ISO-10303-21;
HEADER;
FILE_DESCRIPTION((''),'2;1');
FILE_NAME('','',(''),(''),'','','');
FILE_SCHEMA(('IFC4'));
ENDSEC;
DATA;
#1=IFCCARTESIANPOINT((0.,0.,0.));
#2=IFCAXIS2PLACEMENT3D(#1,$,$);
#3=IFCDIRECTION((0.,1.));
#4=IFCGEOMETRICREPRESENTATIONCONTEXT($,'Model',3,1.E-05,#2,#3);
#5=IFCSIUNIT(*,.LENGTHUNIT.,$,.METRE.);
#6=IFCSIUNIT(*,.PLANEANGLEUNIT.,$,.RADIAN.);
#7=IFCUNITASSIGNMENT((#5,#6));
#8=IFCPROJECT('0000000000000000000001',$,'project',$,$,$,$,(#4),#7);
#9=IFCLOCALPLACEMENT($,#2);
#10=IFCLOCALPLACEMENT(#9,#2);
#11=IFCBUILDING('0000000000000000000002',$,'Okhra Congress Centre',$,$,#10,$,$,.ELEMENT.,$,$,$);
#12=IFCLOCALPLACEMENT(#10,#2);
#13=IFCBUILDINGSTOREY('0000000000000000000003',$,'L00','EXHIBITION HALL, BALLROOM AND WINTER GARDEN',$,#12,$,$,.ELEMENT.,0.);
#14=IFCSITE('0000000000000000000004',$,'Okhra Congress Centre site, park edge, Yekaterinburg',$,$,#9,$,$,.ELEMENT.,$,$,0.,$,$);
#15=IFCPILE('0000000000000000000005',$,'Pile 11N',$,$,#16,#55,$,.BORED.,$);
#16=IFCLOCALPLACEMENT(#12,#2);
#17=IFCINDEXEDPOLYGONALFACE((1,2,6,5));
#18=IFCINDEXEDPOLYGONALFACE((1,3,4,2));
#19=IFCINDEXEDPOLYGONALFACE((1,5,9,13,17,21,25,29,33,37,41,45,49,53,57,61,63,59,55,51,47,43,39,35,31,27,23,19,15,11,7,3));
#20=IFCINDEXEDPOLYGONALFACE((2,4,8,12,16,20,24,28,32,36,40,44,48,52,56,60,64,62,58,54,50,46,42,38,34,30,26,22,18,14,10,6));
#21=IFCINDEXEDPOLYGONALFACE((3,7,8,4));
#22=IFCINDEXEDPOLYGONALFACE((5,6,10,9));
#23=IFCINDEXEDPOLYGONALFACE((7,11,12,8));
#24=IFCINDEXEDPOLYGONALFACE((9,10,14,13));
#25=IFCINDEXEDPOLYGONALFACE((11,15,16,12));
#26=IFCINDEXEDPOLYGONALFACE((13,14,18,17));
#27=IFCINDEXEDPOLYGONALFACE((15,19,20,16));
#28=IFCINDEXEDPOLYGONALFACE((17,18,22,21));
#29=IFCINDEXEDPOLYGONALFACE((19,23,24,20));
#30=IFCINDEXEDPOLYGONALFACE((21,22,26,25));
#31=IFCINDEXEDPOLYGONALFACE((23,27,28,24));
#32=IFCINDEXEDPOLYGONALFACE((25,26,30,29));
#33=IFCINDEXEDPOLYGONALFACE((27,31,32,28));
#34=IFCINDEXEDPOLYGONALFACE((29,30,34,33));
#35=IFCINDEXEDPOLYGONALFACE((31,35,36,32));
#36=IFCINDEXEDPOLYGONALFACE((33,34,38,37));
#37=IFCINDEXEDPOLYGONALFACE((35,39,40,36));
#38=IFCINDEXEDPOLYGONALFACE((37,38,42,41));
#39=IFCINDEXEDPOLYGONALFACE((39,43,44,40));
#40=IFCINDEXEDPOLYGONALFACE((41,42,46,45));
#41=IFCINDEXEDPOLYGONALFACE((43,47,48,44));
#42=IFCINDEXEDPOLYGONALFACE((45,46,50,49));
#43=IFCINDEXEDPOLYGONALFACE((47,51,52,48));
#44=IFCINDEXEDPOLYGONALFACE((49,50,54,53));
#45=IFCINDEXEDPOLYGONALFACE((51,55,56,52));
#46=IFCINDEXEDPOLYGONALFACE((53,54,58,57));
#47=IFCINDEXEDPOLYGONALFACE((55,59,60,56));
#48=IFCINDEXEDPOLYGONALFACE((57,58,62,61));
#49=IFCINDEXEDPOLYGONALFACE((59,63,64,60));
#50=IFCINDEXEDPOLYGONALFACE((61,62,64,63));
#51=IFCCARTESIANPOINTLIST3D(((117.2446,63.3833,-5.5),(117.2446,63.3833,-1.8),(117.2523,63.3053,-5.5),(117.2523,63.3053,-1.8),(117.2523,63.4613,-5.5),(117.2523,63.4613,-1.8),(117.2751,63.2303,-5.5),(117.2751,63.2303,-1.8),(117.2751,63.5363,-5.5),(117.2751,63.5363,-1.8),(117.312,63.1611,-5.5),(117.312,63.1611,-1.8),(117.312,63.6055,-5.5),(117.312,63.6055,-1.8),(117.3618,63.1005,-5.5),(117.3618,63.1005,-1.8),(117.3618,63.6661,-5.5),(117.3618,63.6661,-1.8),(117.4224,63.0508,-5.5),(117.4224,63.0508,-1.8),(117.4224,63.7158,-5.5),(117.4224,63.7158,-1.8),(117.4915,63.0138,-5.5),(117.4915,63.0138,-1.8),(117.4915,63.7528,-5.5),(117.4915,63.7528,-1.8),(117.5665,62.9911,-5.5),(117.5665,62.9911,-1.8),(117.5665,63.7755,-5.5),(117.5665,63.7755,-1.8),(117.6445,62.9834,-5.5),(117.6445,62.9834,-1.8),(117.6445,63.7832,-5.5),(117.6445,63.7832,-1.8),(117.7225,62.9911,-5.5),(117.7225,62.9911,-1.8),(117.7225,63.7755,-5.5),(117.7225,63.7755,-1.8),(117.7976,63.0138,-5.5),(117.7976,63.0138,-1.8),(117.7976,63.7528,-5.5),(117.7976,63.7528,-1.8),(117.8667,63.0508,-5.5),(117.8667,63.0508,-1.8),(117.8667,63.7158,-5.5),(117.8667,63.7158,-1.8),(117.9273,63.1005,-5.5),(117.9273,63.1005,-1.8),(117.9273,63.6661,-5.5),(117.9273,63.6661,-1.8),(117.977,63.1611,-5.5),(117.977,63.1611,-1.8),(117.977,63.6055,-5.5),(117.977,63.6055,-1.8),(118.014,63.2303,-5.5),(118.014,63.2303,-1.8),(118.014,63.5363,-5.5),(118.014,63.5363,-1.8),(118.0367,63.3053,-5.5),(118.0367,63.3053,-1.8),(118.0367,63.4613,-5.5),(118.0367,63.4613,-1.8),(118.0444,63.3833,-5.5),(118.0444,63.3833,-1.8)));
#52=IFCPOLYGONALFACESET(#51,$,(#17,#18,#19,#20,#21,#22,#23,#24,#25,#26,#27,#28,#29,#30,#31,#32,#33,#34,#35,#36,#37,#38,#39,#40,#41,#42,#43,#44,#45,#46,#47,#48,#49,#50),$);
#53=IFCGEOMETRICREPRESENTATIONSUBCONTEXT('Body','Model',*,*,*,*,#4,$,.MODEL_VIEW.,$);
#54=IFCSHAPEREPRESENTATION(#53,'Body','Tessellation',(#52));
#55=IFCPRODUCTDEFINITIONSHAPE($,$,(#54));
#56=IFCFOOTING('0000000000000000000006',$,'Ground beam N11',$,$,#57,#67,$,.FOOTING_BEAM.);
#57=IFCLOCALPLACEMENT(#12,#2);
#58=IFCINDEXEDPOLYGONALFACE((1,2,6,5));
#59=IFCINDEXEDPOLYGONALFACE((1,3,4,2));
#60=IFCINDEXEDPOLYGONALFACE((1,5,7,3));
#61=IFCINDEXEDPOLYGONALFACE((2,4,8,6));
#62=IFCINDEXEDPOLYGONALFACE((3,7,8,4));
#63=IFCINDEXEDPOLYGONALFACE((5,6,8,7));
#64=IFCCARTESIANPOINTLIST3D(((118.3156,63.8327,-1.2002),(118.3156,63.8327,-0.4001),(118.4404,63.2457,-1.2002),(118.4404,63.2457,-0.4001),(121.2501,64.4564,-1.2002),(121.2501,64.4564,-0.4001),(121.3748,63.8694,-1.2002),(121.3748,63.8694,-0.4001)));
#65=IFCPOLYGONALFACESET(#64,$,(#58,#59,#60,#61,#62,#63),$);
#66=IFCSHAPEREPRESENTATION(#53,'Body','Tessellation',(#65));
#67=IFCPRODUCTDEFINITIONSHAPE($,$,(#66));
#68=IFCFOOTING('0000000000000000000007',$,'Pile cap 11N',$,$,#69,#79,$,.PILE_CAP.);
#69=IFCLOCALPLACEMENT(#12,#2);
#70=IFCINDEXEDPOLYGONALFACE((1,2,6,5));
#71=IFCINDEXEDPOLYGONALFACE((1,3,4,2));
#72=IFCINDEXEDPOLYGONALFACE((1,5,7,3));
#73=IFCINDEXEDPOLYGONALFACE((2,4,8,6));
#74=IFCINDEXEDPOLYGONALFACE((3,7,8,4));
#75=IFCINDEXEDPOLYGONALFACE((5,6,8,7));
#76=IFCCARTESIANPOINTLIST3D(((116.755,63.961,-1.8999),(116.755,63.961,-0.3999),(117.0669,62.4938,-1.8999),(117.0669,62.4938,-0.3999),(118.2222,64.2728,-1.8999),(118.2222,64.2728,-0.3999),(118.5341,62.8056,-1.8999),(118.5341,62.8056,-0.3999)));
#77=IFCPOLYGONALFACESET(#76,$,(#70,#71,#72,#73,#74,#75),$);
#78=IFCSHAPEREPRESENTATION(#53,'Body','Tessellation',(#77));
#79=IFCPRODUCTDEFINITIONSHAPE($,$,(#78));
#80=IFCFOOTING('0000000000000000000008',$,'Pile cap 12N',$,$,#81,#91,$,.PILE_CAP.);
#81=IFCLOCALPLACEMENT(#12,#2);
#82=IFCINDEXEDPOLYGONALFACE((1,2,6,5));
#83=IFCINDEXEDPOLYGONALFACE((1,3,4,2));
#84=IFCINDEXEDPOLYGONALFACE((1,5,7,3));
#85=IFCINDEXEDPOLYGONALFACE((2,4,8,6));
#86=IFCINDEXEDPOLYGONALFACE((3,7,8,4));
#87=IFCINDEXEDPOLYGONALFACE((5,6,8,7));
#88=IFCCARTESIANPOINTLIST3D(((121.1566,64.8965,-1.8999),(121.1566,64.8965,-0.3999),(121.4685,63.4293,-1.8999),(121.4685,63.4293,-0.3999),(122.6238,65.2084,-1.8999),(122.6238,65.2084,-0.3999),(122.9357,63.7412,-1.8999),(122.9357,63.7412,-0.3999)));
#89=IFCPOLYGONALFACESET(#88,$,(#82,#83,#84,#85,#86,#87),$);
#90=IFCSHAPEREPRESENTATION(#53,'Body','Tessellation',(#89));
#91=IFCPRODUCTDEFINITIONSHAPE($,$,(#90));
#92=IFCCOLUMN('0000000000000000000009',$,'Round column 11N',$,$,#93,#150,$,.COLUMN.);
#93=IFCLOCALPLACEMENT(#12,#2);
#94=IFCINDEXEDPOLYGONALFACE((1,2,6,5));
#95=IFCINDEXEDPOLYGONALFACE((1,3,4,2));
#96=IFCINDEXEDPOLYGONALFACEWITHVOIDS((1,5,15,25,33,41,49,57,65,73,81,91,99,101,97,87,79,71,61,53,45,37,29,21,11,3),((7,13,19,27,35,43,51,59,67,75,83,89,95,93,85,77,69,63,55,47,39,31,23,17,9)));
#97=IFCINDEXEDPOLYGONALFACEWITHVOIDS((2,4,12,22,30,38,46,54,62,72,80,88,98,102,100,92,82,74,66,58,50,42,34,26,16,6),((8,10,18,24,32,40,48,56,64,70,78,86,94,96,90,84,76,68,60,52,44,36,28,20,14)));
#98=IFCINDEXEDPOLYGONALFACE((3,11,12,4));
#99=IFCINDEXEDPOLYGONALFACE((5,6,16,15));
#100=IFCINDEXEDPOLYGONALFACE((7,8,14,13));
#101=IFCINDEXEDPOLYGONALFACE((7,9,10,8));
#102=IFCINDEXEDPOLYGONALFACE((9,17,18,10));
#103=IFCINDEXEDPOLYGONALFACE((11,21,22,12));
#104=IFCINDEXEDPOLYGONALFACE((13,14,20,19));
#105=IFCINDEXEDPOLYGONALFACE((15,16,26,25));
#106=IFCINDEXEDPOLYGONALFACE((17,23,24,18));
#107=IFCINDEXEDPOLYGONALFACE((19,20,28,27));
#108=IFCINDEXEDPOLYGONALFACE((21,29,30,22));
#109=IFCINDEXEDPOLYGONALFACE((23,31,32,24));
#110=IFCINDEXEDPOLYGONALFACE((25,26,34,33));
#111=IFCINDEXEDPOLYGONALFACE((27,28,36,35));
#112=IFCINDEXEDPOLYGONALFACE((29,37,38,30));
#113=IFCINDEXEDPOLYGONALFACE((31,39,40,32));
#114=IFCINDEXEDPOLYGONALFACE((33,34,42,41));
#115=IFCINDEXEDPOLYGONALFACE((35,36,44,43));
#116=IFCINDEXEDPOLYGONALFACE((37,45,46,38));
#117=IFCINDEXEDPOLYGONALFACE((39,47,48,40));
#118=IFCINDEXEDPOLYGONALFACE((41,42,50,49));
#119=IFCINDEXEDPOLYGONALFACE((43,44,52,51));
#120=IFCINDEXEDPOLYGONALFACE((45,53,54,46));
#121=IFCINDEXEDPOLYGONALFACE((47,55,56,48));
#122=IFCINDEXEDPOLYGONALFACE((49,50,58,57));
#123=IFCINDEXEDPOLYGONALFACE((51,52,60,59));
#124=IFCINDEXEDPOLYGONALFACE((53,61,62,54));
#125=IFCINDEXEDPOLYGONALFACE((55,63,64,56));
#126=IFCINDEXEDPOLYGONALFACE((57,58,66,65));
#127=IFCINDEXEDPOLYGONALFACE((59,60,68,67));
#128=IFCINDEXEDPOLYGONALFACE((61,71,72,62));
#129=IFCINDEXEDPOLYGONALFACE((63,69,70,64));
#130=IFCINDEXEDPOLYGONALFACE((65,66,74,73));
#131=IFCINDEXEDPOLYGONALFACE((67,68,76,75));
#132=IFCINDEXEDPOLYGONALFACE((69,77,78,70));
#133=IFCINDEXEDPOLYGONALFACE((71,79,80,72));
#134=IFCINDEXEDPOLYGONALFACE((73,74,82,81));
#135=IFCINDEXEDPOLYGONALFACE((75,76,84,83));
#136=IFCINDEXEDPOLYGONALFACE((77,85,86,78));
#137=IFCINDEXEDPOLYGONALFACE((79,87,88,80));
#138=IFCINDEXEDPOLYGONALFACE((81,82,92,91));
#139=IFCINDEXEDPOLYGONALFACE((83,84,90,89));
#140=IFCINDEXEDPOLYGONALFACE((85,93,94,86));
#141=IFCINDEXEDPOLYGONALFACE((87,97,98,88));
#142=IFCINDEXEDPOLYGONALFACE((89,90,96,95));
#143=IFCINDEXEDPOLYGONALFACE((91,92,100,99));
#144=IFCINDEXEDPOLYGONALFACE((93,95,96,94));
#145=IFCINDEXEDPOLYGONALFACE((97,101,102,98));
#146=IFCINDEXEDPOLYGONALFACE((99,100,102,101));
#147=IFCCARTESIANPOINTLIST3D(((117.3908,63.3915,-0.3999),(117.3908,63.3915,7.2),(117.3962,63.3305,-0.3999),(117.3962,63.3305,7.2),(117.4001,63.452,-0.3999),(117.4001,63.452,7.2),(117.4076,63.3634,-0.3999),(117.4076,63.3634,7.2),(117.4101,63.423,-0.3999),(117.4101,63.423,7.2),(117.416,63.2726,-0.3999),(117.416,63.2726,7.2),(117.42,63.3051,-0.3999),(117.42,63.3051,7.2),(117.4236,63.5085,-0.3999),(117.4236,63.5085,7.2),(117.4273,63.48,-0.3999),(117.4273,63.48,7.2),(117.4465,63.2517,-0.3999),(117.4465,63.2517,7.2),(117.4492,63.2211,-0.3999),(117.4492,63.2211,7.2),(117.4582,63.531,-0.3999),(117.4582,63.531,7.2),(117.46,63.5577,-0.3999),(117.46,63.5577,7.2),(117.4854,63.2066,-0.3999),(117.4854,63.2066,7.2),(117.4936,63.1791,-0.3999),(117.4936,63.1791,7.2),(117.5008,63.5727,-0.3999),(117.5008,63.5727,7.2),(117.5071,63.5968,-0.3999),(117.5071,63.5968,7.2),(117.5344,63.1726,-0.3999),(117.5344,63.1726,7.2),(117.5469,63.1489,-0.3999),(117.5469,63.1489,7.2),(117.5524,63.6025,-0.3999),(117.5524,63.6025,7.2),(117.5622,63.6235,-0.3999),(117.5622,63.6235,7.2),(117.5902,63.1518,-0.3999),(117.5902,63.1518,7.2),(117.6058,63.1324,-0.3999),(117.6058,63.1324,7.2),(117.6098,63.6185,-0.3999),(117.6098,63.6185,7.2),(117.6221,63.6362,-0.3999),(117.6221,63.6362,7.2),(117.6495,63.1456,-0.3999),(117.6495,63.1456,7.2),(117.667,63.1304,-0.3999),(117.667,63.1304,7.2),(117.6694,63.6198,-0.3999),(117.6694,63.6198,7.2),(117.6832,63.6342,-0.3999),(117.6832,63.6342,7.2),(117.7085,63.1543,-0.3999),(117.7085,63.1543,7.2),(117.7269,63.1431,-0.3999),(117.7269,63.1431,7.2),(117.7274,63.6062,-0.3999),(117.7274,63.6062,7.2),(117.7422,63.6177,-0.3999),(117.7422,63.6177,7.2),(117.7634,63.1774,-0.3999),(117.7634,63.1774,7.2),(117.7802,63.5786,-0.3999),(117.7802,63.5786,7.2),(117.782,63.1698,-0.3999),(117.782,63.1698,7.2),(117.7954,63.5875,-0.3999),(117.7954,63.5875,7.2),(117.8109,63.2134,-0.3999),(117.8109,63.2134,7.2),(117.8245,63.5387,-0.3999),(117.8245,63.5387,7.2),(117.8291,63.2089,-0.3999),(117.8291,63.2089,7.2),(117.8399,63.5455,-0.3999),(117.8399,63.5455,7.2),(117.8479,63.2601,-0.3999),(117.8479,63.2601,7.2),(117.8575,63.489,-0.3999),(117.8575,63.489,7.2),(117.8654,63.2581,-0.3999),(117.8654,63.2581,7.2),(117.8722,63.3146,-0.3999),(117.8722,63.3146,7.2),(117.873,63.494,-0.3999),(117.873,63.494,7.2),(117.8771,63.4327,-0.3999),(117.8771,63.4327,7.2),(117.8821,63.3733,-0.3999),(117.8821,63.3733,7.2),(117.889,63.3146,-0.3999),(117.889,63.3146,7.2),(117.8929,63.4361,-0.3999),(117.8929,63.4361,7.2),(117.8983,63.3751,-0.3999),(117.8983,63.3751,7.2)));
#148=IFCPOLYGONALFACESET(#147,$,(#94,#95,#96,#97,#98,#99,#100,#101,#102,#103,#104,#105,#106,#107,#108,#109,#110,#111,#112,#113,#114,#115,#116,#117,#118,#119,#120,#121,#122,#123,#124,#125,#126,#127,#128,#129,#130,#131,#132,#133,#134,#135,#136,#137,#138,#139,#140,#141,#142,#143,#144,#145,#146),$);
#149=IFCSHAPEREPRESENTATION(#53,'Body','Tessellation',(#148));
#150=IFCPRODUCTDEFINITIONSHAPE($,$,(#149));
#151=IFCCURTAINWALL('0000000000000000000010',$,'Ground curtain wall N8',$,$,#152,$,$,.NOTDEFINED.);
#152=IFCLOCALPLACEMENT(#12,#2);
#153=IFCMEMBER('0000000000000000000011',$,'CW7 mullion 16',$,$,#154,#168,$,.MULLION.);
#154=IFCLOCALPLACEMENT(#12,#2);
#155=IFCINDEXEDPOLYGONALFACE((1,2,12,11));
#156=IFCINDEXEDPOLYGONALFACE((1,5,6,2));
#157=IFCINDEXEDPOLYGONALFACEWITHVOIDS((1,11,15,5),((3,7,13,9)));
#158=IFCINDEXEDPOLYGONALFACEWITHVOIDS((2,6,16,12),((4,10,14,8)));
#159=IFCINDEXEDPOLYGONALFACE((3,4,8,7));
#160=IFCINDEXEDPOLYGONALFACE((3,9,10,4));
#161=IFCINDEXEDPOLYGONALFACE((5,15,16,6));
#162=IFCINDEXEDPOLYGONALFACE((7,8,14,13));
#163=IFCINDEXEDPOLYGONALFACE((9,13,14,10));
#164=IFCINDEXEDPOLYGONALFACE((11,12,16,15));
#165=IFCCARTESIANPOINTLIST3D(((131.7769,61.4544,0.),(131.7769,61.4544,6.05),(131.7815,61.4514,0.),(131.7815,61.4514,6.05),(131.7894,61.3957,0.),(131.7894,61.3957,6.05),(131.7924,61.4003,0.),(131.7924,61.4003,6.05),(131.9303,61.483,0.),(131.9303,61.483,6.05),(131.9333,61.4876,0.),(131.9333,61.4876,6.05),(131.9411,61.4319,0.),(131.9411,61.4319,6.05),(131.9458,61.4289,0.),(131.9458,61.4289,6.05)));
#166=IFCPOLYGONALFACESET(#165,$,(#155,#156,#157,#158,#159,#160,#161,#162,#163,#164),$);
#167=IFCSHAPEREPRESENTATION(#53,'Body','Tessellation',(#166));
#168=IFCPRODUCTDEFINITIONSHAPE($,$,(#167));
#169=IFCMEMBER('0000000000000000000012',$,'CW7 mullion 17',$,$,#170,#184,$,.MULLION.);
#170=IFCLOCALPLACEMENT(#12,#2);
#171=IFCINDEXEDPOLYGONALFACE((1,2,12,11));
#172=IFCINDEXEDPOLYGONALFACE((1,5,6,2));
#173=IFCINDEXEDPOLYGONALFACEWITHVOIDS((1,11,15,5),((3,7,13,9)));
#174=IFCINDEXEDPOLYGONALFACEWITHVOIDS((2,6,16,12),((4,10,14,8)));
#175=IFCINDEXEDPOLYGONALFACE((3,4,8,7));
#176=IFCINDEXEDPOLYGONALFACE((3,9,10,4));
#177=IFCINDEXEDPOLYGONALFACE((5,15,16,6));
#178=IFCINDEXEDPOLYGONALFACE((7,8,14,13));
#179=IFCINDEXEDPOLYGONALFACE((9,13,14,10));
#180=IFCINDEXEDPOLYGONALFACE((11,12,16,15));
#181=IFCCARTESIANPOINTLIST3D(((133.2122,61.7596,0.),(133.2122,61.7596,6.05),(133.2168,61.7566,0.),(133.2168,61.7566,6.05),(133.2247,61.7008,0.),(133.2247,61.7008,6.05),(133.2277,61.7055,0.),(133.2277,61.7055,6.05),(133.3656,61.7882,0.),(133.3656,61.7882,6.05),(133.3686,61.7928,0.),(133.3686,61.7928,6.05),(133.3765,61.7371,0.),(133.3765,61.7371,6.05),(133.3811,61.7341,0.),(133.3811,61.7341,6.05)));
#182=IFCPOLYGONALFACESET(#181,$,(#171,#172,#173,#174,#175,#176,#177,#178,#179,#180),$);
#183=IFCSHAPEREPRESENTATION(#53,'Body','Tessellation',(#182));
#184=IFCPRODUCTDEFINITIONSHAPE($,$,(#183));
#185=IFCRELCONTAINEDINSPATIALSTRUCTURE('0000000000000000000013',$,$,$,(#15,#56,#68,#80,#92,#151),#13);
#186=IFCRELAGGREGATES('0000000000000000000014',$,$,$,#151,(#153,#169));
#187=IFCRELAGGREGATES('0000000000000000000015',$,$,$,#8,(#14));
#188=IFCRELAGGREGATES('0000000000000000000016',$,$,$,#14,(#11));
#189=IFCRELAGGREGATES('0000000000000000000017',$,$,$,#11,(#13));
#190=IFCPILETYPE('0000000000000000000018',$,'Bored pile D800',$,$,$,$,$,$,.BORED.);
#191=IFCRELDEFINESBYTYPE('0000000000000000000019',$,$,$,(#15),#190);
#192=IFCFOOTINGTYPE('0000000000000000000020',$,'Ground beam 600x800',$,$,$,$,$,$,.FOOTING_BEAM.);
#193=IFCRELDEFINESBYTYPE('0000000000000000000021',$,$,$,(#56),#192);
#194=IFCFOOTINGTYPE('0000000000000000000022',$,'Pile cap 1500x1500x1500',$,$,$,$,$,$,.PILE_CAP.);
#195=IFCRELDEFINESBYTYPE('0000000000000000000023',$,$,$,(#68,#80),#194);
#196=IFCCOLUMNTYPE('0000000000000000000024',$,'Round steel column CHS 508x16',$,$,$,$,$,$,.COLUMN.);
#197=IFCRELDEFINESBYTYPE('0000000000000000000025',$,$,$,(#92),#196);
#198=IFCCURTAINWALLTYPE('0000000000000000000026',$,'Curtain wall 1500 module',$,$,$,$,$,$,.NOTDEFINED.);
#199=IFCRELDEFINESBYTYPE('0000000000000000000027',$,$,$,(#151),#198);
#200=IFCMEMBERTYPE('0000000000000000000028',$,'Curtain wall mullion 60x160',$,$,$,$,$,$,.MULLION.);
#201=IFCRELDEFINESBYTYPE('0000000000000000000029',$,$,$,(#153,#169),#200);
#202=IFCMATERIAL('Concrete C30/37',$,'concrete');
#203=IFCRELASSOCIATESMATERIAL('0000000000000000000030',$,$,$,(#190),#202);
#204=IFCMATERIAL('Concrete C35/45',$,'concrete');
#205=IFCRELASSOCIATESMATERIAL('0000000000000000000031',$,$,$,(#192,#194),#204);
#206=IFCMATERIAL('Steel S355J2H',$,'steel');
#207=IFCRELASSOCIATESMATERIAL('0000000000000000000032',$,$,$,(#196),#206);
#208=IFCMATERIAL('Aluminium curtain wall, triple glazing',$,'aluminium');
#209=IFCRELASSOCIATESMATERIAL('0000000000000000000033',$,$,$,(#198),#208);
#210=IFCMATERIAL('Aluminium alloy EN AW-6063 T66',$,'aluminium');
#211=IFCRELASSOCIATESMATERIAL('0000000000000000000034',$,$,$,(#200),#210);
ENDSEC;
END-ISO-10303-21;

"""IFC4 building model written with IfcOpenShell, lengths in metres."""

from ifc_helpers import new_model, si_unit, direction, frame, origin, origin_2d, place, context, subcontext, project, spatial, rectangle, hollow_rectangle, circle, hollow_circle, extrude, material, material_profile, profile_set, type_object, element, aggregate, save


model = new_model("IFC4")

# Units and contexts
model_context = context("Model", 3, precision=1e-05, world=origin(), true_north=direction((0.0, 1.0)))
body_context = subcontext(model_context, "Body", "Model", "MODEL_VIEW")
ifc_project = project(units=[si_unit("LENGTHUNIT", "METRE"), si_unit("PLANEANGLEUNIT", "RADIAN")], contexts=[model_context])

# Site, building, storey
site_placement = place(None, origin())
site = spatial("IfcSite", under=ifc_project, at=site_placement, Name="Okhra Congress Centre site, park edge, Yekaterinburg", CompositionType="ELEMENT", RefElevation=0.0)
building_placement = place(site_placement, origin())
building = spatial("IfcBuilding", under=site, at=building_placement, Name="Okhra Congress Centre", CompositionType="ELEMENT")
storey_placement = place(building_placement, origin())
storey = spatial("IfcBuildingStorey", under=building, at=storey_placement, Name="L00", Description="EXHIBITION HALL, BALLROOM AND WINTER GARDEN", CompositionType="ELEMENT", Elevation=0.0)

# Pile
ifc_material_1 = material(Name="Concrete C30/37", Category="concrete")
ifc_material_profile_1 = material_profile(ifc_material_1, circle(Radius=0.3999, at=origin_2d()), Name="D800")
ifc_profile_set_1 = profile_set([ifc_material_profile_1], Name="Concrete C30/37")
pile_type = type_object("IfcPileType", Name="Bored pile D800", PredefinedType="BORED", material=ifc_profile_set_1)
pile_placement = place(storey_placement, frame((117.6445, 63.3833, -1.8), z_axis=(0.0, 0.0, -1.0), x_axis=(1.0, 0.0, 0.0)))
element("IfcPile", 1, at=pile_placement, inside=storey, type_object=pile_type, Name="Pile 11N", PredefinedType="BORED", context=body_context, shape_type="SweptSolid", body=[
    extrude(circle(Radius=0.3999, at=origin_2d()), origin(), (0.0, 0.0, 1.0), 3.7),
])

# Footings
ifc_material_2 = material(Name="Concrete C35/45", Category="concrete")
footing_type_1 = type_object("IfcFootingType", Name="Ground beam 600x800", PredefinedType="FOOTING_BEAM", material=ifc_material_2)
footing_placement = place(storey_placement, frame((119.8452, 63.8511, -1.2002), z_axis=(0.0, 0.0, 1.0), x_axis=(0.978148, 0.207912, 0.0)))
element("IfcFooting", 2, at=footing_placement, inside=storey, type_object=footing_type_1, Name="Ground beam N11", PredefinedType="FOOTING_BEAM", context=body_context, shape_type="SweptSolid", body=[
    extrude(rectangle(XDim=3.0, YDim=0.6001, at=origin_2d()), origin(), (0.0, 0.0, 1.0), 0.8),
])
footing_type_2 = type_object("IfcFootingType", Name="Pile cap 1500x1500x1500", PredefinedType="PILE_CAP", material=ifc_material_2)
for number, where, z_axis, x_axis, name in (
    (3, (117.6445, 63.3833, -1.8999), (0.0, 0.0, 1.0), (0.978148, 0.207912, 0.0), "Pile cap 11N"),
    (4, (122.0461, 64.3188, -1.8999), (0.0, 0.0, 1.0), (0.978148, 0.207912, 0.0), "Pile cap 12N"),
):
    element("IfcFooting", number, at=place(storey_placement, frame(where, z_axis=z_axis, x_axis=x_axis)), inside=storey, type_object=footing_type_2, Name=name, PredefinedType="PILE_CAP", context=body_context, shape_type="SweptSolid", body=[
        extrude(rectangle(XDim=1.5, YDim=1.5, at=origin_2d()), origin(), (0.0, 0.0, 1.0), 1.5),
    ])

# Column
ifc_material_3 = material(Name="Steel S355J2H", Category="steel")
ifc_material_profile_2 = material_profile(ifc_material_3, hollow_circle(Radius=0.2539, WallThickness=0.0161, at=origin_2d()), Name="CHS 508x16")
ifc_profile_set_2 = profile_set([ifc_material_profile_2], Name="Steel S355J2H")
column_type = type_object("IfcColumnType", Name="Round steel column CHS 508x16", PredefinedType="COLUMN", material=ifc_profile_set_2)
column_placement = place(storey_placement, frame((117.6445, 63.3833, -0.3999), z_axis=(0.0, 0.0, 1.0), x_axis=(0.978148, 0.207912, 0.0)))
element("IfcColumn", 5, at=column_placement, inside=storey, type_object=column_type, Name="Round column 11N", PredefinedType="COLUMN", context=body_context, shape_type="SweptSolid", body=[
    extrude(hollow_circle(Radius=0.2539, WallThickness=0.0161, at=origin_2d()), origin(), (0.0, 0.0, 1.0), 7.5999),
])

# Curtain wall, members
ifc_material_4 = material(Name="Aluminium curtain wall, triple glazing", Category="aluminium")
curtain_wall_type = type_object("IfcCurtainWallType", Name="Curtain wall 1500 module", PredefinedType="NOTDEFINED", material=ifc_material_4)
curtain_wall_placement = place(storey_placement, origin())
curtain_wall = element("IfcCurtainWall", 6, at=curtain_wall_placement, inside=storey, type_object=curtain_wall_type, Name="Ground curtain wall N8", PredefinedType="NOTDEFINED")
ifc_material_5 = material(Name="Aluminium alloy EN AW-6063 T66", Category="aluminium")
ifc_material_profile_3 = material_profile(ifc_material_5, hollow_rectangle(XDim=0.0601, YDim=0.1599, WallThickness=0.0039, at=origin_2d()), Name="RHS 60x160x4")
ifc_profile_set_3 = profile_set([ifc_material_profile_3], Name="Aluminium alloy EN AW-6063 T66")
member_type_1 = type_object("IfcMemberType", Name="Curtain wall mullion 60x160", PredefinedType="MULLION", material=ifc_profile_set_3)
member_1_placement = place(storey_placement, frame((131.8613, 61.4417, 0.0), z_axis=(0.0, 0.0, 1.0), x_axis=(-0.207912, 0.978148, 0.0)))
member_1 = element("IfcMember", 7, at=member_1_placement, type_object=member_type_1, Name="CW7 mullion 16", PredefinedType="MULLION", context=body_context, shape_type="SweptSolid", body=[
    extrude(hollow_rectangle(XDim=0.0601, YDim=0.1599, WallThickness=0.0039, at=origin_2d()), origin(), (0.0, 0.0, 1.0), 6.05),
])
member_2_placement = place(storey_placement, frame((133.2966, 61.7468, 0.0), z_axis=(0.0, 0.0, 1.0), x_axis=(-0.207912, 0.978148, 0.0)))
member_2 = element("IfcMember", 8, at=member_2_placement, type_object=member_type_1, Name="CW7 mullion 17", PredefinedType="MULLION", context=body_context, shape_type="SweptSolid", body=[
    extrude(hollow_rectangle(XDim=0.0601, YDim=0.1599, WallThickness=0.0039, at=origin_2d()), origin(), (0.0, 0.0, 1.0), 6.05),
])

aggregate(curtain_wall, [member_1, member_2])

save(model, "model.ifc")
